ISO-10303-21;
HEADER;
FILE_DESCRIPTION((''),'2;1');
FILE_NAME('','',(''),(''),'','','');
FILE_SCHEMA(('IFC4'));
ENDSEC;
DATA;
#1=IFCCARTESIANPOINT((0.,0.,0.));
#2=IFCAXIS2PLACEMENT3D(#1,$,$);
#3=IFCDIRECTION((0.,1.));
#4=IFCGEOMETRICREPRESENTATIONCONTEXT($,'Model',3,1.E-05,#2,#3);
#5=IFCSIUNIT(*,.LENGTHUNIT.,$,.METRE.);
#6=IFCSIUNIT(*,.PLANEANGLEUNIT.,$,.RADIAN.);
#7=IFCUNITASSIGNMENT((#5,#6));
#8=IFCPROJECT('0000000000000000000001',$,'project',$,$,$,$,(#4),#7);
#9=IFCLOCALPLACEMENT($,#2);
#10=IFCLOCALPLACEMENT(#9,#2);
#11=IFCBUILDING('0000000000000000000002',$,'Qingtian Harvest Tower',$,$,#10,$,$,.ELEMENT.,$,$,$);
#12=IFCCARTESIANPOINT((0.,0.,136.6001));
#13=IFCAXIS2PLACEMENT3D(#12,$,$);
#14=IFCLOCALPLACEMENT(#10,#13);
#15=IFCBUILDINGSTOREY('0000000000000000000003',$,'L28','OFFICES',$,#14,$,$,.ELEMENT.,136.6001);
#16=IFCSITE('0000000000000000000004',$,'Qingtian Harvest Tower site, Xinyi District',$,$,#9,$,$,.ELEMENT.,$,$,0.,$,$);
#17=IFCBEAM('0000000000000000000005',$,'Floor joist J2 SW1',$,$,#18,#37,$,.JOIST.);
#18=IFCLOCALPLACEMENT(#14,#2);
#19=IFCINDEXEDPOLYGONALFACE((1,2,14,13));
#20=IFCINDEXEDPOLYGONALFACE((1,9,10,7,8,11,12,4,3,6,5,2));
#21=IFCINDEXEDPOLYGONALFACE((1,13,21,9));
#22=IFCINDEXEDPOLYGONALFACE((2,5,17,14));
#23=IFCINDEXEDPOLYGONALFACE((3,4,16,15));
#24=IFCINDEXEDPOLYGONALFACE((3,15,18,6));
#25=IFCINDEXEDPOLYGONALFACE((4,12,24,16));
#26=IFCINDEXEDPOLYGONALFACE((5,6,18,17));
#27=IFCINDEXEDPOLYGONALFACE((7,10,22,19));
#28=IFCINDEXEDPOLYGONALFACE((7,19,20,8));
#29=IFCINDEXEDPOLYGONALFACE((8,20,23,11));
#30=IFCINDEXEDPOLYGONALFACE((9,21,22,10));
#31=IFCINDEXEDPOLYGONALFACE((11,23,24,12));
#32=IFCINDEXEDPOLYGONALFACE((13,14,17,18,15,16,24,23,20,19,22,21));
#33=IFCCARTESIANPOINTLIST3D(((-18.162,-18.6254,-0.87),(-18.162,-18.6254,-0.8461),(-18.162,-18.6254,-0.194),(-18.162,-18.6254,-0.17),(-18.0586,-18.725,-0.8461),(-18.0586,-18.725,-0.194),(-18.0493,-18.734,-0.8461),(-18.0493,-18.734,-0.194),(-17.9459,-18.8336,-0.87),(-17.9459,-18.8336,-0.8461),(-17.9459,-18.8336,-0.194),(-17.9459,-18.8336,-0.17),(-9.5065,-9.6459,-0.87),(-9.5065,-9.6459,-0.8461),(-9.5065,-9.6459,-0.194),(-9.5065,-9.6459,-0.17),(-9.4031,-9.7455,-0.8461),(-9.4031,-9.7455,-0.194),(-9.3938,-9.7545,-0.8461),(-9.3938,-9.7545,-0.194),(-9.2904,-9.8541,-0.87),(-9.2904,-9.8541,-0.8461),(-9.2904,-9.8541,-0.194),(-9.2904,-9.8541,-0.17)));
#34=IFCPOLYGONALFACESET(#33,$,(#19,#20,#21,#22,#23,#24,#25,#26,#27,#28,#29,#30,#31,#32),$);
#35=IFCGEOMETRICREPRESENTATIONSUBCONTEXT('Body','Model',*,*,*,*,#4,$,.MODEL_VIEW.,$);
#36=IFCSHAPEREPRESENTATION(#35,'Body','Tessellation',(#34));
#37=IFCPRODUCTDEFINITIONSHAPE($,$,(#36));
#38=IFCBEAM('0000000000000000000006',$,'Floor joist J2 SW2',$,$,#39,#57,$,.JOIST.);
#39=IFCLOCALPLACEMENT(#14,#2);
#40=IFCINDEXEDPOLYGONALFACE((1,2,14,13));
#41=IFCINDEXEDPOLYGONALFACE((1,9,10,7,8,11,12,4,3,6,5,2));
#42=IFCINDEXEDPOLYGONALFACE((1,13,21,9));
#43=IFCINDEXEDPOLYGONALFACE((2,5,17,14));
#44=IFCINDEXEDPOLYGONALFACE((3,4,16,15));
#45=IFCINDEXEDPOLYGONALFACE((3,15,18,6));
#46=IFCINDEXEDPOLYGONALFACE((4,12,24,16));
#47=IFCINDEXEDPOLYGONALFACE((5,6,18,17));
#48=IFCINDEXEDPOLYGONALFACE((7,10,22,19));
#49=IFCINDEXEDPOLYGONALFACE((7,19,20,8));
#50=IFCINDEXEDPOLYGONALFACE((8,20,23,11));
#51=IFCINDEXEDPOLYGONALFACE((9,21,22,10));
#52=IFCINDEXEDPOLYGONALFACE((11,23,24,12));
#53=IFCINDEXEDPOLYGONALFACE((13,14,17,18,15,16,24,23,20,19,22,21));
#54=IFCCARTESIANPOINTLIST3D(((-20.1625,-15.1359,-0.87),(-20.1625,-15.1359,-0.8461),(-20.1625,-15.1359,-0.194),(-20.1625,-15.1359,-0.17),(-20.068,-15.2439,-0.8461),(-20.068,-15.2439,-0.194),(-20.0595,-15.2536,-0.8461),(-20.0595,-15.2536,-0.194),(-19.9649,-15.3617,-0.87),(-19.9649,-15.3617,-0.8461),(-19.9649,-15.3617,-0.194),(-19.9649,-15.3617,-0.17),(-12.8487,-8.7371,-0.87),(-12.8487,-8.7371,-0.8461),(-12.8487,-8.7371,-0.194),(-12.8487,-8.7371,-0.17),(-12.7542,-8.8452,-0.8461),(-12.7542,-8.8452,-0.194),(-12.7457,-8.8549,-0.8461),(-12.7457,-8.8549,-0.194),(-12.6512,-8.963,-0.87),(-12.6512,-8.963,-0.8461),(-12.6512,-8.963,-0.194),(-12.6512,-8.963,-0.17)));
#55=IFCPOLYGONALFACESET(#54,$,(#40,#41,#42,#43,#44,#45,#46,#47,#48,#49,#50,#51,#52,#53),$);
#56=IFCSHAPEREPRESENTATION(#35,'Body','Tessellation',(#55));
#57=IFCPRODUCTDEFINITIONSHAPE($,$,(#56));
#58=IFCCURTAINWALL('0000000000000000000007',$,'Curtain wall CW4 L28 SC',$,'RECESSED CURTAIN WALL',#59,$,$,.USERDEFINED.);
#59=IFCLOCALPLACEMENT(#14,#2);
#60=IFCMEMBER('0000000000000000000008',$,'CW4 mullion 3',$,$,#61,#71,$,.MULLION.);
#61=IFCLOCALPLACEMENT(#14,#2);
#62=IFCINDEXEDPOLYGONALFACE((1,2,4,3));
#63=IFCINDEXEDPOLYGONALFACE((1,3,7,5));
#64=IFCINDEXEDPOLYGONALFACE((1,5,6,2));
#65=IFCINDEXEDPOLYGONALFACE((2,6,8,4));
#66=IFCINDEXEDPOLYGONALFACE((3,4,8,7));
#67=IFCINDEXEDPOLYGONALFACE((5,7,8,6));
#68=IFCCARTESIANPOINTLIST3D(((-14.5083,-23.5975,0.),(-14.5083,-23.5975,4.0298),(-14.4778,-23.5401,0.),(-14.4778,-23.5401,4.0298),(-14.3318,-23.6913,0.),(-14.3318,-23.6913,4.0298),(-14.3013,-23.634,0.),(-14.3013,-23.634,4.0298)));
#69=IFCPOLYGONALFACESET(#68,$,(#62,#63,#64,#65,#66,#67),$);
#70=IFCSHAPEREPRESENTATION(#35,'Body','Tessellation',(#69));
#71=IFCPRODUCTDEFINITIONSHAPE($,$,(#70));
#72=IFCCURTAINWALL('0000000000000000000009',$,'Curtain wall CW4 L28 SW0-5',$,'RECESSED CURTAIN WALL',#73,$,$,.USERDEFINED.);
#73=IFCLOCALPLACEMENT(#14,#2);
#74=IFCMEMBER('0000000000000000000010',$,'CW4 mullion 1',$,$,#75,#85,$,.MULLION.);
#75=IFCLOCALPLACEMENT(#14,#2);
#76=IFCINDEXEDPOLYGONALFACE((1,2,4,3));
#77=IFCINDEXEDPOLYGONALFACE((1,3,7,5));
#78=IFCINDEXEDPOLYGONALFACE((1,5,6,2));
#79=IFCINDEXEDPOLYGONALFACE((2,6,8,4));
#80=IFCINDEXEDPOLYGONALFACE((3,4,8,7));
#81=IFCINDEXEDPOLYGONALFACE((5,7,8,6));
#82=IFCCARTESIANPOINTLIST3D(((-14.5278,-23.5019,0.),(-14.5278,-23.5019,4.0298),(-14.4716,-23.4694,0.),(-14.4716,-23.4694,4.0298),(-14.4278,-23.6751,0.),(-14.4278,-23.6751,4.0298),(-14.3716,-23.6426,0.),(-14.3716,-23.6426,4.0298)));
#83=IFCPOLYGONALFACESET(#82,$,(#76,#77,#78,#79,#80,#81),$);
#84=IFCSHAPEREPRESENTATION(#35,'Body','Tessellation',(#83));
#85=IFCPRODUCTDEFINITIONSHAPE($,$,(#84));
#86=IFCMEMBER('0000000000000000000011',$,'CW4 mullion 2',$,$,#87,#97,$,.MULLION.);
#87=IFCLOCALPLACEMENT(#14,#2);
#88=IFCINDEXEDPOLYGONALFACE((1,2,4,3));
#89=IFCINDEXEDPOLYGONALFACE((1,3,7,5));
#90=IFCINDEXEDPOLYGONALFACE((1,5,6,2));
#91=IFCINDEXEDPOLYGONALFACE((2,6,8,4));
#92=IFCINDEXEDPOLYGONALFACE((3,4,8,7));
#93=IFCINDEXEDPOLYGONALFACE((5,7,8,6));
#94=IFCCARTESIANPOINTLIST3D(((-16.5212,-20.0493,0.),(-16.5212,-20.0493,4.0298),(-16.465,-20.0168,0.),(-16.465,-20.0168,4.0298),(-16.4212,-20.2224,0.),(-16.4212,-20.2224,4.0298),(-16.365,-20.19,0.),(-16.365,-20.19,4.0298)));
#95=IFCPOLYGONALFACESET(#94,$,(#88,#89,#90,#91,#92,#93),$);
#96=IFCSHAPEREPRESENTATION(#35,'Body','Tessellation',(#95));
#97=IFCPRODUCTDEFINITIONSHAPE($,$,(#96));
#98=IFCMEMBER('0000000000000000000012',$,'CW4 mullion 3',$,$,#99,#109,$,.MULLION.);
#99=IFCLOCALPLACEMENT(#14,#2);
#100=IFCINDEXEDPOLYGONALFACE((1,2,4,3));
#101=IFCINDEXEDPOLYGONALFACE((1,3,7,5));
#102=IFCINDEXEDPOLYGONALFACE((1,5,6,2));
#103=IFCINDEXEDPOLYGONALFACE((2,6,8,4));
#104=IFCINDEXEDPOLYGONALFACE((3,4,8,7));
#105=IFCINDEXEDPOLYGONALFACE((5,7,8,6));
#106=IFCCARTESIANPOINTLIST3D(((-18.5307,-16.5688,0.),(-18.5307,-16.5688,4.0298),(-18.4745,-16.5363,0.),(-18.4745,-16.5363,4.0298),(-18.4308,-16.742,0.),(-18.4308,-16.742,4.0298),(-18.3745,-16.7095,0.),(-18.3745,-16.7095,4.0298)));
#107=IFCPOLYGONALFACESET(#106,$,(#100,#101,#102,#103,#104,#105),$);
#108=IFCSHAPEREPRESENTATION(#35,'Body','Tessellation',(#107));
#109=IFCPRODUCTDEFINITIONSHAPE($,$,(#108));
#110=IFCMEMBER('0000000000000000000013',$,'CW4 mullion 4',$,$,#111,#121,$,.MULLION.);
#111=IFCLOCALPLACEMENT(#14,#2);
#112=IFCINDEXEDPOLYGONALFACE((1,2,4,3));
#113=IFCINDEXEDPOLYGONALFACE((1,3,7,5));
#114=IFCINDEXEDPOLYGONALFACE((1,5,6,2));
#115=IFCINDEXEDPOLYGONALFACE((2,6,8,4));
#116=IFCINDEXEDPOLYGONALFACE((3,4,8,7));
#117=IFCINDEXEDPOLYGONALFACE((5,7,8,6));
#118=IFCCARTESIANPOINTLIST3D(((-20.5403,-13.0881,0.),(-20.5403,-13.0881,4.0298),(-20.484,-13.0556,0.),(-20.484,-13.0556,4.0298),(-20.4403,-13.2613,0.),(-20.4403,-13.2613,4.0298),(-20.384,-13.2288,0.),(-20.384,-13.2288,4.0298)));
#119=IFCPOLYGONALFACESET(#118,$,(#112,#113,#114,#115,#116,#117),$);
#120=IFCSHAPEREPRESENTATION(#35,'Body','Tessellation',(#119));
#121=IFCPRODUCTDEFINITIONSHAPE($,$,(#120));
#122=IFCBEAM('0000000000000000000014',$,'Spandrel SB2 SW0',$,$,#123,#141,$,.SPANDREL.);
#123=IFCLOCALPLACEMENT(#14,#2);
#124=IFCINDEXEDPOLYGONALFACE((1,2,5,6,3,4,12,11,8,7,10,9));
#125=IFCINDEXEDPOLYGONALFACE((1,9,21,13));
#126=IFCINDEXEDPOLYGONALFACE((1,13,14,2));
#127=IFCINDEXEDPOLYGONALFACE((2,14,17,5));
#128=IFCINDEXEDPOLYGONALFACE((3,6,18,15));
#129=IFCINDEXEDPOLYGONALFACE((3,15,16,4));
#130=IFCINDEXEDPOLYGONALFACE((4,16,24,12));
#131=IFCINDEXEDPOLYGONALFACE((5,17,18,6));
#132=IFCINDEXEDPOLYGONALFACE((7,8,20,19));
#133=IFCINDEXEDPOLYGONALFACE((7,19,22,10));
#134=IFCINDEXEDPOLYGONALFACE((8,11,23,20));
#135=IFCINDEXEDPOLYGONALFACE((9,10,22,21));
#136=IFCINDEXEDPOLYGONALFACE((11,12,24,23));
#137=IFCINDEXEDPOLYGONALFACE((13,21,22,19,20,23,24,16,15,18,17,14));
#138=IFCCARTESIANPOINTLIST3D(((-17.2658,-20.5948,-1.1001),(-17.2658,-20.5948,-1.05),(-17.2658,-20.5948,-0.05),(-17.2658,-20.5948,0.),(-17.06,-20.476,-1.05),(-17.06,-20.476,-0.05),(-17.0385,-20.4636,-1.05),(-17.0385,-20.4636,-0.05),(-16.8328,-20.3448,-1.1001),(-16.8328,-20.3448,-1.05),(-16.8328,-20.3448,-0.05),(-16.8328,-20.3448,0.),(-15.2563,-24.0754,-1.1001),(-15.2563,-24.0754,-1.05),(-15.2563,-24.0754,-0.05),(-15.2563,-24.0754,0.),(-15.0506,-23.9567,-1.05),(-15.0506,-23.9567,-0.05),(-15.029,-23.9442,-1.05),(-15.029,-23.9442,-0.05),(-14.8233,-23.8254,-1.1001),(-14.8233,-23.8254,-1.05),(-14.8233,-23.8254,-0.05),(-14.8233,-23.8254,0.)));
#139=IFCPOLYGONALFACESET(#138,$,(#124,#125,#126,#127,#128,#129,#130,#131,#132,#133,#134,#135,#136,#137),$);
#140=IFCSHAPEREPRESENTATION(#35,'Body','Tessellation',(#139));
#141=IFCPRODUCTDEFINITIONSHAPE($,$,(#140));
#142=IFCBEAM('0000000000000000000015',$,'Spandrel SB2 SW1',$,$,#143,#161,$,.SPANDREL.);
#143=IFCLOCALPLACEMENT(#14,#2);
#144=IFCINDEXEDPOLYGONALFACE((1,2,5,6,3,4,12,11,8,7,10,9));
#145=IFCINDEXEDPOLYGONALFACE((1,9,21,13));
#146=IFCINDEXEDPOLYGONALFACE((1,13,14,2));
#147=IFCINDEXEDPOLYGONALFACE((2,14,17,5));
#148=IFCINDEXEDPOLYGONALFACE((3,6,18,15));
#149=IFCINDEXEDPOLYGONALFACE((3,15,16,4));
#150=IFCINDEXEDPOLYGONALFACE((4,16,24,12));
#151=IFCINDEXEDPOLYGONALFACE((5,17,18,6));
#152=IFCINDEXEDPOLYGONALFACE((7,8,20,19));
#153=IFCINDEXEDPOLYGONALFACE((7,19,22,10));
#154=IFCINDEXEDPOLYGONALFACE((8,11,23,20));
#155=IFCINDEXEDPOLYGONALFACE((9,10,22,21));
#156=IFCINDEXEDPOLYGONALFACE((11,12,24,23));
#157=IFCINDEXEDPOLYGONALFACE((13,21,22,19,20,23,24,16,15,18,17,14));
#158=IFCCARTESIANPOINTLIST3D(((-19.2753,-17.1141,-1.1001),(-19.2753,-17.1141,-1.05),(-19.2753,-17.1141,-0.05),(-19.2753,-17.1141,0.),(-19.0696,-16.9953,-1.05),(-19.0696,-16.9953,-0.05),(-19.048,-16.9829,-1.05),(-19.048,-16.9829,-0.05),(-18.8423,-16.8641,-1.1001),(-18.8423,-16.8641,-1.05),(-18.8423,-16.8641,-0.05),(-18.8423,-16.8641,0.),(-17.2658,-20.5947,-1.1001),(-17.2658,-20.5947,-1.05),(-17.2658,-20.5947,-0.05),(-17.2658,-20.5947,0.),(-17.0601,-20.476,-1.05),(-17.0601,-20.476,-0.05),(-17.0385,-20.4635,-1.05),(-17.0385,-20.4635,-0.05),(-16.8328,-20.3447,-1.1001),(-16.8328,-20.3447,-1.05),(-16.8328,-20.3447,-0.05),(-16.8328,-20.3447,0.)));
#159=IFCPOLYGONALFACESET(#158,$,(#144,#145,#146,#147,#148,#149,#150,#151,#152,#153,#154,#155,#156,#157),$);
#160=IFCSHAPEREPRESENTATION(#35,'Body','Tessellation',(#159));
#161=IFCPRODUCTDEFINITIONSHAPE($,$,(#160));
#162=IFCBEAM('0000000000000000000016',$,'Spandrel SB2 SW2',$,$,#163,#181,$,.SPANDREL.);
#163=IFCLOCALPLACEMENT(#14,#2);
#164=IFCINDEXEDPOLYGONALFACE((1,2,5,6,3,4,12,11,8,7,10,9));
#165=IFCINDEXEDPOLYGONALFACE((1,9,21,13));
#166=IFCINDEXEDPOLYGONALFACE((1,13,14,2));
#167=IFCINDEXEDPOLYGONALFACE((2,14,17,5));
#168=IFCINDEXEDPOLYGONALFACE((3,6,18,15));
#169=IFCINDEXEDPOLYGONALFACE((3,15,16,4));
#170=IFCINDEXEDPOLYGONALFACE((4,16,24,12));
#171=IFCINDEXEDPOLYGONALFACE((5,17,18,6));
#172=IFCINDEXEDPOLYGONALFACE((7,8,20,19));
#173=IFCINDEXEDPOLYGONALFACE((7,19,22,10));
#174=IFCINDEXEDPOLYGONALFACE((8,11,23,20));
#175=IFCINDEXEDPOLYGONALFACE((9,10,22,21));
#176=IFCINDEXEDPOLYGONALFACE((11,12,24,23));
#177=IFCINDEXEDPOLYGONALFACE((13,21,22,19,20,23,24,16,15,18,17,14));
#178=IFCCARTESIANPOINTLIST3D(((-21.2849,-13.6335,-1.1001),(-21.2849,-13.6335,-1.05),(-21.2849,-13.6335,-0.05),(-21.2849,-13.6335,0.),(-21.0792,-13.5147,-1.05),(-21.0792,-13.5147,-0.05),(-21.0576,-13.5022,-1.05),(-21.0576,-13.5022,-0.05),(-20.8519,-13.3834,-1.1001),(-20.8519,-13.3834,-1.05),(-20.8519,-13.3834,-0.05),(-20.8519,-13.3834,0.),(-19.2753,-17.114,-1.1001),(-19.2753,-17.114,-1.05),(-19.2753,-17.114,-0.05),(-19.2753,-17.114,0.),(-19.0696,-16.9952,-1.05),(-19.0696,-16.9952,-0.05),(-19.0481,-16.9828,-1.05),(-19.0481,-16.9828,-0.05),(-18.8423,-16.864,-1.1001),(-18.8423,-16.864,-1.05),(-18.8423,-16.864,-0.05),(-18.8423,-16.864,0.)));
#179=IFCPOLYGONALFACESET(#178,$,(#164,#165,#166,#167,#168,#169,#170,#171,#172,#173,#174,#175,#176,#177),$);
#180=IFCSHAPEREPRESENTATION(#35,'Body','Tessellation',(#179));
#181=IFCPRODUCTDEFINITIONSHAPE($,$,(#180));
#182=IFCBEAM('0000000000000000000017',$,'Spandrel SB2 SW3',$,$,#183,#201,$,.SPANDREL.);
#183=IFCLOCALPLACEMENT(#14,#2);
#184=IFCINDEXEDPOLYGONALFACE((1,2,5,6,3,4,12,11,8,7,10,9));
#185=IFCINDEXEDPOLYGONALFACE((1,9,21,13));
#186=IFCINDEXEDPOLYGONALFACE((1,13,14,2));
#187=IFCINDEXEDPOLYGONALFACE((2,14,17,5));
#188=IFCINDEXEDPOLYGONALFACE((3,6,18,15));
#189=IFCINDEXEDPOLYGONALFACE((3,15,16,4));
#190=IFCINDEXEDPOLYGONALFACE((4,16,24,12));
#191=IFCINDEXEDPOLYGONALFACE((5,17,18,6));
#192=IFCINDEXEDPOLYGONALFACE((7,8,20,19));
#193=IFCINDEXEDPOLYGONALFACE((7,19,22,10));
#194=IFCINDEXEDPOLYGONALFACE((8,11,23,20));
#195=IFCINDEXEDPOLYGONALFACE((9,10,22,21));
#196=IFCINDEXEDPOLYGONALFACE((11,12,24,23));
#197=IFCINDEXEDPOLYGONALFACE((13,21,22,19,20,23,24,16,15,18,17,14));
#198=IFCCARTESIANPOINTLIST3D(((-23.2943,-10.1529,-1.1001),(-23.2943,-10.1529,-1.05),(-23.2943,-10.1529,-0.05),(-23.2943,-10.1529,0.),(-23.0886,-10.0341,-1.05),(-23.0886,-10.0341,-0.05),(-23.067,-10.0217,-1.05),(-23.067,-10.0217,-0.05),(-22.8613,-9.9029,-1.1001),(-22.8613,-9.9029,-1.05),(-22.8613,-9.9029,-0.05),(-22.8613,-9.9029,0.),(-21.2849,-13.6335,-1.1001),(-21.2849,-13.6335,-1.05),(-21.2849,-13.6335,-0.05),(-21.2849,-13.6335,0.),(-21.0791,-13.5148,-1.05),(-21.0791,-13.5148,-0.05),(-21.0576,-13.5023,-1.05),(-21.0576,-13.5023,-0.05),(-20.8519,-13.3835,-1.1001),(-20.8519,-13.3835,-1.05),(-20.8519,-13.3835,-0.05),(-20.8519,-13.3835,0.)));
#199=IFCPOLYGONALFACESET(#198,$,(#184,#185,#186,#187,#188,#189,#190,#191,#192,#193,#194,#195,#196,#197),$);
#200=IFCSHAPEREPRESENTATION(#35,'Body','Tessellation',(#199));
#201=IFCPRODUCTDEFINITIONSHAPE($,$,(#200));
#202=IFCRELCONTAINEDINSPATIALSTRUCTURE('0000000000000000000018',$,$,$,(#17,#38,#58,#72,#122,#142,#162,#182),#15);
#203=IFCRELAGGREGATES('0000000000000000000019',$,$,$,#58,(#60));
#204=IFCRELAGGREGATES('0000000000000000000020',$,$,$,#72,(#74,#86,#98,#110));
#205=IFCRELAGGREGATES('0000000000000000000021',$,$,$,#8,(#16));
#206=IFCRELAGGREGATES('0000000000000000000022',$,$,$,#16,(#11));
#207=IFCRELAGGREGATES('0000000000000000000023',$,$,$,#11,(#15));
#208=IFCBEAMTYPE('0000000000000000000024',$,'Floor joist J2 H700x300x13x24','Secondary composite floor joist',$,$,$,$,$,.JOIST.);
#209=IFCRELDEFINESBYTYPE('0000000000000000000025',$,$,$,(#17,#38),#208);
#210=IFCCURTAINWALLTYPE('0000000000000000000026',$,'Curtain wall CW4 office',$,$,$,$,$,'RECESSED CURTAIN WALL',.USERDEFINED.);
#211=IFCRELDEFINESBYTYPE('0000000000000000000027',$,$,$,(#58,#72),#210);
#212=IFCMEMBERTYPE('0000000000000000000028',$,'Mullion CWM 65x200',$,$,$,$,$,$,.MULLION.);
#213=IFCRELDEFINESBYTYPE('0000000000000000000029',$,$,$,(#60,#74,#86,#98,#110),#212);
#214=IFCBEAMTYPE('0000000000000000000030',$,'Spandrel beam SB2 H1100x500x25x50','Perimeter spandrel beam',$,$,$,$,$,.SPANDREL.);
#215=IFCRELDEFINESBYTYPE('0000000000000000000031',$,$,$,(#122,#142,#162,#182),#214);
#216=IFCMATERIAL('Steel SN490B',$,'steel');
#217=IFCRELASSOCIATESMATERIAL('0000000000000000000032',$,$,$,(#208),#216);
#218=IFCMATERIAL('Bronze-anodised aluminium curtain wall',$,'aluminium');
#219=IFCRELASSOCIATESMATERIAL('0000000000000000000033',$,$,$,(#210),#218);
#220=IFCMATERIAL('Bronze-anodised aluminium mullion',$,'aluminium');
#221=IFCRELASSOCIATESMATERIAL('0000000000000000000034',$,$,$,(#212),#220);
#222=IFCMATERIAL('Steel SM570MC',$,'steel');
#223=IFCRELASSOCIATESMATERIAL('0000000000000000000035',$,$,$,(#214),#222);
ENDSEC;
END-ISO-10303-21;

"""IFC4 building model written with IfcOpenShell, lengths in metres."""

from ifc_helpers import new_model, si_unit, direction, frame, origin, origin_2d, place, context, subcontext, project, spatial, rectangle, i_section, extrude, material, material_profile, profile_set, type_object, element, aggregate, save


model = new_model("IFC4")

# Units and contexts
model_context = context("Model", 3, precision=1e-05, world=origin(), true_north=direction((0.0, 1.0)))
body_context = subcontext(model_context, "Body", "Model", "MODEL_VIEW")
ifc_project = project(units=[si_unit("LENGTHUNIT", "METRE"), si_unit("PLANEANGLEUNIT", "RADIAN")], contexts=[model_context])

# Site, building, storey
site_placement = place(None, origin())
site = spatial("IfcSite", under=ifc_project, at=site_placement, Name="Qingtian Harvest Tower site, Xinyi District", CompositionType="ELEMENT", RefElevation=0.0)
building_placement = place(site_placement, origin())
building = spatial("IfcBuilding", under=site, at=building_placement, Name="Qingtian Harvest Tower", CompositionType="ELEMENT")
storey_placement = place(building_placement, frame((0.0, 0.0, 136.6001)))
storey = spatial("IfcBuildingStorey", under=building, at=storey_placement, Name="L28", Description="OFFICES", CompositionType="ELEMENT", Elevation=136.6001)

# Beams
ifc_material_1 = material(Name="Steel SN490B", Category="steel")
ifc_material_profile_1 = material_profile(ifc_material_1, i_section(OverallWidth=0.3, OverallDepth=0.7, WebThickness=0.0129, FlangeThickness=0.0239, at=origin_2d()), Name="H700x300x13x24")
ifc_profile_set_1 = profile_set([ifc_material_profile_1], Name="Steel SN490B")
beam_type_1 = type_object("IfcBeamType", Name="Floor joist J2 H700x300x13x24", Description="Secondary composite floor joist", PredefinedType="JOIST", material=ifc_profile_set_1)
beam_1_placement = place(storey_placement, frame((-18.054, -18.7295, -0.52), z_axis=(0.693999, 0.719976, 0.0), x_axis=(-0.719976, 0.693999, 0.0)))
element("IfcBeam", 1, at=beam_1_placement, inside=storey, type_object=beam_type_1, Name="Floor joist J2 SW1", PredefinedType="JOIST", context=body_context, shape_type="SweptSolid", body=[
    extrude(i_section(OverallWidth=0.3, OverallDepth=0.7, WebThickness=0.0129, FlangeThickness=0.0239, at=origin_2d()), origin(), (0.0, 0.0, 1.0), 12.4719),
])
beam_2_placement = place(storey_placement, frame((-20.0637, -15.2488, -0.52), z_axis=(0.752619, 0.658457, 0.0), x_axis=(-0.658457, 0.752619, 0.0)))
element("IfcBeam", 2, at=beam_2_placement, inside=storey, type_object=beam_type_1, Name="Floor joist J2 SW2", PredefinedType="JOIST", context=body_context, shape_type="SweptSolid", body=[
    extrude(i_section(OverallWidth=0.3, OverallDepth=0.7, WebThickness=0.0129, FlangeThickness=0.0239, at=origin_2d()), origin(), (0.0, 0.0, 1.0), 9.7178),
])

# Curtain wall, member
ifc_material_2 = material(Name="Bronze-anodised aluminium curtain wall", Category="aluminium")
curtain_wall_type = type_object("IfcCurtainWallType", Name="Curtain wall CW4 office", ElementType="RECESSED CURTAIN WALL", PredefinedType="USERDEFINED", material=ifc_material_2)
curtain_wall_1_placement = place(storey_placement, origin())
curtain_wall_1 = element("IfcCurtainWall", 3, at=curtain_wall_1_placement, inside=storey, type_object=curtain_wall_type, Name="Curtain wall CW4 L28 SC", ObjectType="RECESSED CURTAIN WALL", PredefinedType="USERDEFINED")
ifc_material_3 = material(Name="Bronze-anodised aluminium mullion", Category="aluminium")
ifc_material_profile_2 = material_profile(ifc_material_3, rectangle(XDim=0.0649, YDim=0.2, at=origin_2d()), Name="AL 65x200")
ifc_profile_set_2 = profile_set([ifc_material_profile_2], Name="Bronze-anodised aluminium mullion")
member_type_1 = type_object("IfcMemberType", Name="Mullion CWM 65x200", PredefinedType="MULLION", material=ifc_profile_set_2)
member_1_placement = place(storey_placement, frame((-14.4048, -23.6157, 0.0), z_axis=(0.0, 0.0, 1.0), x_axis=(-0.469472, -0.882948, 0.0)))
member_1 = element("IfcMember", 4, at=member_1_placement, type_object=member_type_1, Name="CW4 mullion 3", PredefinedType="MULLION", context=body_context, shape_type="SweptSolid", body=[
    extrude(rectangle(XDim=0.0649, YDim=0.2, at=origin_2d()), origin(), (0.0, 0.0, 1.0), 4.0298),
])

# Curtain wall, members
curtain_wall_2_placement = place(storey_placement, origin())
curtain_wall_2 = element("IfcCurtainWall", 5, at=curtain_wall_2_placement, inside=storey, type_object=curtain_wall_type, Name="Curtain wall CW4 L28 SW0-5", ObjectType="RECESSED CURTAIN WALL", PredefinedType="USERDEFINED")
member_2_placement = place(storey_placement, frame((-14.4497, -23.5723, 0.0), z_axis=(0.0, 0.0, 1.0), x_axis=(-0.866025, -0.5, 0.0)))
member_2 = element("IfcMember", 6, at=member_2_placement, type_object=member_type_1, Name="CW4 mullion 1", PredefinedType="MULLION", context=body_context, shape_type="SweptSolid", body=[
    extrude(rectangle(XDim=0.0649, YDim=0.2, at=origin_2d()), origin(), (0.0, 0.0, 1.0), 4.0298),
])
member_3_placement = place(storey_placement, frame((-16.4431, -20.1196, 0.0), z_axis=(0.0, 0.0, 1.0), x_axis=(-0.866025, -0.5, 0.0)))
member_3 = element("IfcMember", 7, at=member_3_placement, type_object=member_type_1, Name="CW4 mullion 2", PredefinedType="MULLION", context=body_context, shape_type="SweptSolid", body=[
    extrude(rectangle(XDim=0.0649, YDim=0.2, at=origin_2d()), origin(), (0.0, 0.0, 1.0), 4.0298),
])
member_4_placement = place(storey_placement, frame((-18.4526, -16.6392, 0.0), z_axis=(0.0, 0.0, 1.0), x_axis=(-0.866025, -0.5, 0.0)))
member_4 = element("IfcMember", 8, at=member_4_placement, type_object=member_type_1, Name="CW4 mullion 3", PredefinedType="MULLION", context=body_context, shape_type="SweptSolid", body=[
    extrude(rectangle(XDim=0.0649, YDim=0.2, at=origin_2d()), origin(), (0.0, 0.0, 1.0), 4.0298),
])
member_5_placement = place(storey_placement, frame((-20.4622, -13.1584, 0.0), z_axis=(0.0, 0.0, 1.0), x_axis=(-0.866025, -0.5, 0.0)))
member_5 = element("IfcMember", 9, at=member_5_placement, type_object=member_type_1, Name="CW4 mullion 4", PredefinedType="MULLION", context=body_context, shape_type="SweptSolid", body=[
    extrude(rectangle(XDim=0.0649, YDim=0.2, at=origin_2d()), origin(), (0.0, 0.0, 1.0), 4.0298),
])

# Beams
ifc_material_4 = material(Name="Steel SM570MC", Category="steel")
ifc_material_profile_3 = material_profile(ifc_material_4, i_section(OverallWidth=0.5, OverallDepth=1.1001, WebThickness=0.0249, FlangeThickness=0.05, at=origin_2d()), Name="H1100x500x25x50")
ifc_profile_set_3 = profile_set([ifc_material_profile_3], Name="Steel SM570MC")
beam_type_2 = type_object("IfcBeamType", Name="Spandrel beam SB2 H1100x500x25x50", Description="Perimeter spandrel beam", PredefinedType="SPANDREL", material=ifc_profile_set_3)
for number, where, z_axis, x_axis, name in (
    (10, (-15.0398, -23.9504, -0.55), (-0.499987, 0.866033, 0.0), (-0.866033, -0.499987, 0.0), "Spandrel SB2 SW0"),
    (11, (-17.0493, -20.4697, -0.55), (-0.499987, 0.866033, 0.0), (-0.866033, -0.499987, 0.0), "Spandrel SB2 SW1"),
    (12, (-19.0588, -16.989, -0.55), (-0.500013, 0.866018, 0.0), (-0.866018, -0.500013, 0.0), "Spandrel SB2 SW2"),
    (13, (-21.0684, -13.5085, -0.55), (-0.499987, 0.866033, 0.0), (-0.866033, -0.499987, 0.0), "Spandrel SB2 SW3"),
):
    element("IfcBeam", number, at=place(storey_placement, frame(where, z_axis=z_axis, x_axis=x_axis)), inside=storey, type_object=beam_type_2, Name=name, PredefinedType="SPANDREL", context=body_context, shape_type="SweptSolid", body=[
        extrude(i_section(OverallWidth=0.5, OverallDepth=1.1001, WebThickness=0.0249, FlangeThickness=0.05, at=origin_2d()), origin(), (0.0, 0.0, 1.0), 4.019),
    ])

aggregate(curtain_wall_1, [member_1])
aggregate(curtain_wall_2, [member_2, member_3, member_4, member_5])

save(model, "model.ifc")
